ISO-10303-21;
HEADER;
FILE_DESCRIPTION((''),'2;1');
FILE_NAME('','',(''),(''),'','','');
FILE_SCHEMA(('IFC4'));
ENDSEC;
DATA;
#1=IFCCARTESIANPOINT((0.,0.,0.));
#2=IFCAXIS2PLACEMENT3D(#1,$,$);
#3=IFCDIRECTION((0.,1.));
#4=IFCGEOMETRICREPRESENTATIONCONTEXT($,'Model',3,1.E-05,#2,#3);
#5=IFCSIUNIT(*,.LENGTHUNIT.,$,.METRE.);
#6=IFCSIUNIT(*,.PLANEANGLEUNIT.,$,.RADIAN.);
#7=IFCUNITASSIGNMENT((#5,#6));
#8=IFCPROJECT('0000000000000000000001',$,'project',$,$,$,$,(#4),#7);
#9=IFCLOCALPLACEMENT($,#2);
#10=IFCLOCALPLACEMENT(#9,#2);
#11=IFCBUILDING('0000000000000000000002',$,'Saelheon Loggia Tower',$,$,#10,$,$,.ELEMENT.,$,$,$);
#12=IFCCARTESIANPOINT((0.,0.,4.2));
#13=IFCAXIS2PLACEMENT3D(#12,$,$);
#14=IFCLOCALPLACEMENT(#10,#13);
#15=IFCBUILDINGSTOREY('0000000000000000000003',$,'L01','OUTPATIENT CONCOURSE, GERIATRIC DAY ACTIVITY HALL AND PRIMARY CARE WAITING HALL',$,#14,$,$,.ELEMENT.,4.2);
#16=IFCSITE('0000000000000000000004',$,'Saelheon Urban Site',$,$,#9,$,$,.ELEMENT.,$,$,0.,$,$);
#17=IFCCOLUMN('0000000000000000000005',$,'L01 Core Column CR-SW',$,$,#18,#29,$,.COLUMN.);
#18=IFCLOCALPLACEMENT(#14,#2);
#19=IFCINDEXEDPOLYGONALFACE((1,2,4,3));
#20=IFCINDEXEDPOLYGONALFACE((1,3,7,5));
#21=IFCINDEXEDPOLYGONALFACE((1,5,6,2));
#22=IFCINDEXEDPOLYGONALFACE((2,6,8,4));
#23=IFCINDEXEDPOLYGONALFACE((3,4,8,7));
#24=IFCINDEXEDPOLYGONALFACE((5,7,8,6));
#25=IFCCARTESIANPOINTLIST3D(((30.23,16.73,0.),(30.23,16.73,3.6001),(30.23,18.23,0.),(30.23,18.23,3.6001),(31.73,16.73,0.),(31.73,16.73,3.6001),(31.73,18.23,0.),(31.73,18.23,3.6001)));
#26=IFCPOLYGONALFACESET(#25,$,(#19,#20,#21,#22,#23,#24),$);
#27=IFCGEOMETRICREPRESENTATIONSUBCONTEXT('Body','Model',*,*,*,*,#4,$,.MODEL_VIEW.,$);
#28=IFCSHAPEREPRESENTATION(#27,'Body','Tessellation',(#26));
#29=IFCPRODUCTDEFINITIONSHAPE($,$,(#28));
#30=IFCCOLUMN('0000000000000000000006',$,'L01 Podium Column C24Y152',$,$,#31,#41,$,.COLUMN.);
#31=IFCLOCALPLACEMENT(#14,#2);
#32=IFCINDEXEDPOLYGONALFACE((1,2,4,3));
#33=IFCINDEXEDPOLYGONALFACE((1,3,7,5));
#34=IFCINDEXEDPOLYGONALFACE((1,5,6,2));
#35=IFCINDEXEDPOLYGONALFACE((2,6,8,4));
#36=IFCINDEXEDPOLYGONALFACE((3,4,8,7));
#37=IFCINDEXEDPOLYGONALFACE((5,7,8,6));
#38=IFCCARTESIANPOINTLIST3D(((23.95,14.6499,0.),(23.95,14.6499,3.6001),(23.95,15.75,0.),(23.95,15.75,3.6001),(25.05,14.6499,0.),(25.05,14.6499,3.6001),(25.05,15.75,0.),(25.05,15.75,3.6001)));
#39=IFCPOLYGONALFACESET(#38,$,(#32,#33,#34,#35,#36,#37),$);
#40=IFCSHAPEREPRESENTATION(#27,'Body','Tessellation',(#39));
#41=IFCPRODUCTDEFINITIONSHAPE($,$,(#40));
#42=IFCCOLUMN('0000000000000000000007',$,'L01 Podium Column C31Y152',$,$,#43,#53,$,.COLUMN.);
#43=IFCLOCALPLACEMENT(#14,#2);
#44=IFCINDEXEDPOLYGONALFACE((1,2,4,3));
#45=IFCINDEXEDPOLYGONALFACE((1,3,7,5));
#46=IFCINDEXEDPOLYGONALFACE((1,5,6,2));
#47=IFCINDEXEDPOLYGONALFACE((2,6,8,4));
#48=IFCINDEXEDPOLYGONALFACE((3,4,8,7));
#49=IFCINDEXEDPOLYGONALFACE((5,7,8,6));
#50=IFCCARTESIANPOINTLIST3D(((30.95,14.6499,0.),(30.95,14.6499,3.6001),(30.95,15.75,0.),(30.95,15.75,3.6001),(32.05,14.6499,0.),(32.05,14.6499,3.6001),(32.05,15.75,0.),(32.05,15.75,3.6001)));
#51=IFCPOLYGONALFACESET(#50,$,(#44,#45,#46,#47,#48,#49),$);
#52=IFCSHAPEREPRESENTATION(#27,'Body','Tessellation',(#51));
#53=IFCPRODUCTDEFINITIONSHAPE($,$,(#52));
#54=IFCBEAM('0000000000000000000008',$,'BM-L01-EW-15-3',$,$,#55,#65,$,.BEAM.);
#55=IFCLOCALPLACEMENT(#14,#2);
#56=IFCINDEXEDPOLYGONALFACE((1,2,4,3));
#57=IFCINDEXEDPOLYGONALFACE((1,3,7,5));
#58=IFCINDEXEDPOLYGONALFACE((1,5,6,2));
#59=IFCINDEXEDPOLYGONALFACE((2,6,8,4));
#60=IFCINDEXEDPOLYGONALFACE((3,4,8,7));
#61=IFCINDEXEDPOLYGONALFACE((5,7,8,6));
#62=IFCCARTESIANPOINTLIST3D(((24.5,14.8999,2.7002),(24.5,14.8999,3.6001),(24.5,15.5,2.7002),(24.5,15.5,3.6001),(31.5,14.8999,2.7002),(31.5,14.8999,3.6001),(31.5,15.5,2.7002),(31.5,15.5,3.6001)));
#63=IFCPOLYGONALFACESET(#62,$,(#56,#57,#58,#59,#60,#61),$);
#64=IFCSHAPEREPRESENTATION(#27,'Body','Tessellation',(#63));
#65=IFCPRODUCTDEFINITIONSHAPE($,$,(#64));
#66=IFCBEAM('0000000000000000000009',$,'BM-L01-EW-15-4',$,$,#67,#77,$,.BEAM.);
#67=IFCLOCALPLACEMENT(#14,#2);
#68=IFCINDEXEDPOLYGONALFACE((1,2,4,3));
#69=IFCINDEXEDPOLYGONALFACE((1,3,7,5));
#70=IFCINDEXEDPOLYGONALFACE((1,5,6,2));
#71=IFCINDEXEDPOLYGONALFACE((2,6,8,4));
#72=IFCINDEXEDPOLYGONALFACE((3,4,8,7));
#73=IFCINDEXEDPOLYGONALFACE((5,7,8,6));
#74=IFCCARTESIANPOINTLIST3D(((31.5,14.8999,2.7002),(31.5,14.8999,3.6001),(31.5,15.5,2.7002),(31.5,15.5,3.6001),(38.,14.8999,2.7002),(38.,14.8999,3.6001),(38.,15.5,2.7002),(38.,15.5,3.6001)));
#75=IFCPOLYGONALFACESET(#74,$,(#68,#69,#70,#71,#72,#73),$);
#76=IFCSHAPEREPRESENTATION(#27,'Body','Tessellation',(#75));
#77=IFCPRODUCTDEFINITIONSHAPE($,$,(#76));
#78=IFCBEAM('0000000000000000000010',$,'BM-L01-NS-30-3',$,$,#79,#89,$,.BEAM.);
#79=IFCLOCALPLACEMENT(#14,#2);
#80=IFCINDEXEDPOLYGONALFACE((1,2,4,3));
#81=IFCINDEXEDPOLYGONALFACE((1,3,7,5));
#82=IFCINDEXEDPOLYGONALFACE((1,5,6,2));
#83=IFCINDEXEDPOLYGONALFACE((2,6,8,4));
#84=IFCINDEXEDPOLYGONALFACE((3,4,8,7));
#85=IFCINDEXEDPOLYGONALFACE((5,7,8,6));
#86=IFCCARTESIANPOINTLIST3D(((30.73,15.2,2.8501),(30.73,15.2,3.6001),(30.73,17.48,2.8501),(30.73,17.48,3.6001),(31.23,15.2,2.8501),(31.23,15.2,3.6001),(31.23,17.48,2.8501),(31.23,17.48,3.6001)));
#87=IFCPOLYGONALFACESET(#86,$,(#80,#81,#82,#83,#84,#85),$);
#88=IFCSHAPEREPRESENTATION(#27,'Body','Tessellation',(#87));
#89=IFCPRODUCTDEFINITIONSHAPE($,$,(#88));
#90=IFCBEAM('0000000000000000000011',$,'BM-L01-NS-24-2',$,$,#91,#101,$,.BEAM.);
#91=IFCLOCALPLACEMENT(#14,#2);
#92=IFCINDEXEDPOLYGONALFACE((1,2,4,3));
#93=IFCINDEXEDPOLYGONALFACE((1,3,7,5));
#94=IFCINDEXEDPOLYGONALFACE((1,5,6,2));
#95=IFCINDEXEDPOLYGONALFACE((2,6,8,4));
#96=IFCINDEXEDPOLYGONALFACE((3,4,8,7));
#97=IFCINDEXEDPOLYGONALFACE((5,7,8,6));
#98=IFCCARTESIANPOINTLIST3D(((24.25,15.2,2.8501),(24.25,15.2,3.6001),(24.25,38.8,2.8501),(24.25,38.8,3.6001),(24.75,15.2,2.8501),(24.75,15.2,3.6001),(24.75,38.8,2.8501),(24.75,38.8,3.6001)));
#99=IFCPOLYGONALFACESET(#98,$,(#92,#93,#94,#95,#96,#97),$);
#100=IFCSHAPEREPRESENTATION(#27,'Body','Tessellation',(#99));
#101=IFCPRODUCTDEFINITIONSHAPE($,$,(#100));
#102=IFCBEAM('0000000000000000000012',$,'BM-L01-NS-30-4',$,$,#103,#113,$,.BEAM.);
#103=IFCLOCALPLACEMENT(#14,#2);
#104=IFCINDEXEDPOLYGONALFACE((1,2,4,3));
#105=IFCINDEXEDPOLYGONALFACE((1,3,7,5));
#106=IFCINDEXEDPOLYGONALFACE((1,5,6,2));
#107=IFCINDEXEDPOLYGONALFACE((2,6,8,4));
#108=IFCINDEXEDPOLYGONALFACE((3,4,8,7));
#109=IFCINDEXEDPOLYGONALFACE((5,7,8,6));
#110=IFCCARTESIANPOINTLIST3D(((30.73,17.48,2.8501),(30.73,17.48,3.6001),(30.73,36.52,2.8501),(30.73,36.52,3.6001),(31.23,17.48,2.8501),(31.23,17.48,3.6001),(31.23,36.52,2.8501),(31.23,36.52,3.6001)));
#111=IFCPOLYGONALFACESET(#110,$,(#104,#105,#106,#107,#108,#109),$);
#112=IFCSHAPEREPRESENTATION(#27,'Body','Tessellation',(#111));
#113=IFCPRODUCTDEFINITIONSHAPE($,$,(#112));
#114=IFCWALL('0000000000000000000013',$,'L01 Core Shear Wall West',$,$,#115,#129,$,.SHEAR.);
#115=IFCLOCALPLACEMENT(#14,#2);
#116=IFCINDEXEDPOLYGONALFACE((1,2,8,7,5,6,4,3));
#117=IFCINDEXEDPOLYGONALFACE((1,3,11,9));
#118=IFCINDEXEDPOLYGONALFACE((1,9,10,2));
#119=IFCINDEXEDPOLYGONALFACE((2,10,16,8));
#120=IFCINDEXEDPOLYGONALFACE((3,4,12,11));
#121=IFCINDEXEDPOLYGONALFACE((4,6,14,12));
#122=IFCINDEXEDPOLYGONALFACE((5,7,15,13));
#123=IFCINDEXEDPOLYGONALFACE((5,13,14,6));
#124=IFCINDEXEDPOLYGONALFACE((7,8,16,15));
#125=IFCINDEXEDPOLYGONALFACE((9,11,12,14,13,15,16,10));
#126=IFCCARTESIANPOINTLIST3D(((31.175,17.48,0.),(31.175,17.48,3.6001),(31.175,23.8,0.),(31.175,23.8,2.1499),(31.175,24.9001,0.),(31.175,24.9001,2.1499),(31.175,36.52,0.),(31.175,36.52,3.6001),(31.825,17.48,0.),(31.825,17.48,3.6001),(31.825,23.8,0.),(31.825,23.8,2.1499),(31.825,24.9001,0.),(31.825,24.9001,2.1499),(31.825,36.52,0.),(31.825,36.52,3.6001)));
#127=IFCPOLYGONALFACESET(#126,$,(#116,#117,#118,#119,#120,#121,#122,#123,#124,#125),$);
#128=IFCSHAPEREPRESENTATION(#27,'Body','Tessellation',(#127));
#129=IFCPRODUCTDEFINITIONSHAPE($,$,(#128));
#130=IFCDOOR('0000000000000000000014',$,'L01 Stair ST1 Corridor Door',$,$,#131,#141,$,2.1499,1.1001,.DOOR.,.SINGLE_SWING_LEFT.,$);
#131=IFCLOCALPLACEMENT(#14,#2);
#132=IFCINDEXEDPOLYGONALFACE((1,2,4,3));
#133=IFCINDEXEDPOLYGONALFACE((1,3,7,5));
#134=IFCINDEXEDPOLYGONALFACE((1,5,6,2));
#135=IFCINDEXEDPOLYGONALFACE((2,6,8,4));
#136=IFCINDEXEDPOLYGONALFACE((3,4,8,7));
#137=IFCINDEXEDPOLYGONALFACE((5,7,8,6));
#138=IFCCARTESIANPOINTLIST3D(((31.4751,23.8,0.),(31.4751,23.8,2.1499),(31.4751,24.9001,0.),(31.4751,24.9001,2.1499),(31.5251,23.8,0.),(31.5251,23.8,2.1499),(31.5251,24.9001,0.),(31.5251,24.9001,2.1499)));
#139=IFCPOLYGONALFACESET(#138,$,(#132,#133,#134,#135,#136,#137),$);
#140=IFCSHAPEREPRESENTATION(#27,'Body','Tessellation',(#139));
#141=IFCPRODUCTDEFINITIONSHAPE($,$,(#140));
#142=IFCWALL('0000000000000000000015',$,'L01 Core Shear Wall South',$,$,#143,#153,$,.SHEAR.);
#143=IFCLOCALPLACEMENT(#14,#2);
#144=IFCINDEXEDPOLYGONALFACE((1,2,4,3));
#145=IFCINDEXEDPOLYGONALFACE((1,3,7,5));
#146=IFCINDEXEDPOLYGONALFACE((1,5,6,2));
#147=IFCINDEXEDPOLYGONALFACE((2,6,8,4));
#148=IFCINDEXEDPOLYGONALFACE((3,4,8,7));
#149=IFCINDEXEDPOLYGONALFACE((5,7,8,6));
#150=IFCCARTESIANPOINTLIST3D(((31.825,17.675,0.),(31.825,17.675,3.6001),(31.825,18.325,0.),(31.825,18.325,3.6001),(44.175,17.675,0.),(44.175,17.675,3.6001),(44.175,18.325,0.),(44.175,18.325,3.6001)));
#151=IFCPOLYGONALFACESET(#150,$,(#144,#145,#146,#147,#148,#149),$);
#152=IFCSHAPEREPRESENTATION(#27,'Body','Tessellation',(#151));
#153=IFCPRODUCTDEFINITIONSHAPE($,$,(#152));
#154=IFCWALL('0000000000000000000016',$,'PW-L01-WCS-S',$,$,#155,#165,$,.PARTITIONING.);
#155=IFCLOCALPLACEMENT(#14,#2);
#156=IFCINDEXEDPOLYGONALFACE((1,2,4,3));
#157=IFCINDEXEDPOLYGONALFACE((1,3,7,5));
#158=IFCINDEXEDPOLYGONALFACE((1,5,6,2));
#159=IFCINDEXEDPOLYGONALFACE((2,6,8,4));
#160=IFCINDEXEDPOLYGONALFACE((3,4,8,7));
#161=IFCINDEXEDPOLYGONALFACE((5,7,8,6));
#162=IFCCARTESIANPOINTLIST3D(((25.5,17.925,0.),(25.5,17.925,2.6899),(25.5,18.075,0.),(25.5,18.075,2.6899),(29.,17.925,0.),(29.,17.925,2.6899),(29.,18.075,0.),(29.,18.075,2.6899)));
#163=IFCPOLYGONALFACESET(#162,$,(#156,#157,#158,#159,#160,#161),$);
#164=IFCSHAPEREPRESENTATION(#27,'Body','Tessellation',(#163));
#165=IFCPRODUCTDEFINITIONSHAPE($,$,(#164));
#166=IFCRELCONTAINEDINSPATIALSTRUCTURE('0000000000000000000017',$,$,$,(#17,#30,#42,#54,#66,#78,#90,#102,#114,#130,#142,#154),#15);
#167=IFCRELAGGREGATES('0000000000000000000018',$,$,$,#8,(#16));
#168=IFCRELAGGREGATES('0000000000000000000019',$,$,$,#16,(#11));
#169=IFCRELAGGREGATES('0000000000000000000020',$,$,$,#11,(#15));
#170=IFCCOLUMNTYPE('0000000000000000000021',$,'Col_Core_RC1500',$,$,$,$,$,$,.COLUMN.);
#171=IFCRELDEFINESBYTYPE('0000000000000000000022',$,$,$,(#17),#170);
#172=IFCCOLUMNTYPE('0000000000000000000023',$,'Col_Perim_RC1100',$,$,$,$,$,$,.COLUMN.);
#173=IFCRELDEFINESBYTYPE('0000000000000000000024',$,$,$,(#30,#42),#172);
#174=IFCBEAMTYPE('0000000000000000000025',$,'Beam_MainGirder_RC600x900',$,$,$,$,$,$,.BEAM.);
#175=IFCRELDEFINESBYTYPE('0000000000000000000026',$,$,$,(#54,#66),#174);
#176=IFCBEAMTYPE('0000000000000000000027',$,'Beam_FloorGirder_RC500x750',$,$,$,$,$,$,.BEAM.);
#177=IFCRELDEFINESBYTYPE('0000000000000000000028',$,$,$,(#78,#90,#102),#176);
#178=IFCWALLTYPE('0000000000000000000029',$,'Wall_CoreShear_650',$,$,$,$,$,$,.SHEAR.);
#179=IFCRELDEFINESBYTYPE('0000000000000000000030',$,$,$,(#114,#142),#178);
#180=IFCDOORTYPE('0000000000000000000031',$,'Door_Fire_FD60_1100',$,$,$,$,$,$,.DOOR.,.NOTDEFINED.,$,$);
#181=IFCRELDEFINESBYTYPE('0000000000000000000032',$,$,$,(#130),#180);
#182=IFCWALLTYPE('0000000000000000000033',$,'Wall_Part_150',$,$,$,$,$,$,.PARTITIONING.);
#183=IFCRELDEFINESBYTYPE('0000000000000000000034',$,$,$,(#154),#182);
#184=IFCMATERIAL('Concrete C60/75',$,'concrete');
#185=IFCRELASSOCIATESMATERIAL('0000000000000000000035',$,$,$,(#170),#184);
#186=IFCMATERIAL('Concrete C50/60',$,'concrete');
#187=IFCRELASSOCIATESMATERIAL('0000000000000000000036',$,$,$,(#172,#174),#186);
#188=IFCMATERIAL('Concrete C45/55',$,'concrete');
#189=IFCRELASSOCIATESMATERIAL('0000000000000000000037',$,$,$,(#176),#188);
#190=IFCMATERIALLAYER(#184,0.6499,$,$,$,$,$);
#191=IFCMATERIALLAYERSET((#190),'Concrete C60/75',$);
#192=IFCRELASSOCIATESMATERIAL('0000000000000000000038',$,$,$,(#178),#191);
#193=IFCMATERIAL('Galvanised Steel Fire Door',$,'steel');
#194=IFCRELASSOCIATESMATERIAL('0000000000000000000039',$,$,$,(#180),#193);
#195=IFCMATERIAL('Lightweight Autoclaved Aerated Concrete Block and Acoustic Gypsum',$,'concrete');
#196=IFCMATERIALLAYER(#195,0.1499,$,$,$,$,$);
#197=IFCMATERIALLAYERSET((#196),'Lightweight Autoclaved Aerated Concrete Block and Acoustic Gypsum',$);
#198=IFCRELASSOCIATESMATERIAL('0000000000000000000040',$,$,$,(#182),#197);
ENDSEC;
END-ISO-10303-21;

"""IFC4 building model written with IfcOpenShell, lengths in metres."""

from ifc_helpers import new_model, si_unit, direction, frame, frame_2d, origin, origin_2d, place, context, subcontext, project, spatial, rectangle, extrude, source, transform, mapped, material, layer, layer_set, material_profile, profile_set, type_object, element, fill, save


model = new_model("IFC4")

# Units and contexts
model_context = context("Model", 3, precision=1e-05, world=origin(), true_north=direction((0.0, 1.0)))
body_context = subcontext(model_context, "Body", "Model", "MODEL_VIEW")
ifc_project = project(units=[si_unit("LENGTHUNIT", "METRE"), si_unit("PLANEANGLEUNIT", "RADIAN")], contexts=[model_context])

# Site, building, storey
site_placement = place(None, origin())
site = spatial("IfcSite", under=ifc_project, at=site_placement, Name="Saelheon Urban Site", CompositionType="ELEMENT", RefElevation=0.0)
building_placement = place(site_placement, origin())
building = spatial("IfcBuilding", under=site, at=building_placement, Name="Saelheon Loggia Tower", CompositionType="ELEMENT")
storey_placement = place(building_placement, frame((0.0, 0.0, 4.2)))
storey = spatial("IfcBuildingStorey", under=building, at=storey_placement, Name="L01", Description="OUTPATIENT CONCOURSE, GERIATRIC DAY ACTIVITY HALL AND PRIMARY CARE WAITING HALL", CompositionType="ELEMENT", Elevation=4.2)

# Columns
ifc_material_1 = material(Name="Concrete C60/75", Category="concrete")
ifc_material_profile_1 = material_profile(ifc_material_1, rectangle(XDim=1.5, YDim=1.5, at=origin_2d()), Name="RC-1500x1500")
ifc_profile_set_1 = profile_set([ifc_material_profile_1], Name="Concrete C60/75")
column_type_1 = type_object("IfcColumnType", Name="Col_Core_RC1500", PredefinedType="COLUMN", material=ifc_profile_set_1)
shared_shape_1 = source(origin(), body_context, "Body", "SweptSolid", [
    extrude(rectangle(XDim=1.5, YDim=1.5, at=origin_2d()), origin(), (0.0, 0.0, 1.0), 3.6001),
])
column_placement = place(storey_placement, frame((30.98, 17.48, 0.0), z_axis=(0.0, 0.0, 1.0), x_axis=(1.0, 0.0, 0.0)))
element("IfcColumn", 1, at=column_placement, inside=storey, type_object=column_type_1, Name="L01 Core Column CR-SW", PredefinedType="COLUMN", context=body_context, shape_type="MappedRepresentation", body=[
    mapped(shared_shape_1, transform((0.0, 0.0, 0.0), scale=1.0)),
])
ifc_material_2 = material(Name="Concrete C50/60", Category="concrete")
ifc_material_profile_2 = material_profile(ifc_material_2, rectangle(XDim=1.1001, YDim=1.1001, at=origin_2d()), Name="RC-1100x1100")
ifc_profile_set_2 = profile_set([ifc_material_profile_2], Name="Concrete C50/60")
column_type_2 = type_object("IfcColumnType", Name="Col_Perim_RC1100", PredefinedType="COLUMN", material=ifc_profile_set_2)
shared_shape_2 = source(origin(), body_context, "Body", "SweptSolid", [
    extrude(rectangle(XDim=1.1001, YDim=1.1001, at=origin_2d()), origin(), (0.0, 0.0, 1.0), 3.6001),
])
for number, where, z_axis, x_axis, name in (
    (2, (24.5, 15.2, 0.0), (0.0, 0.0, 1.0), (1.0, 0.0, 0.0), "L01 Podium Column C24Y152"),
    (3, (31.5, 15.2, 0.0), (0.0, 0.0, 1.0), (1.0, 0.0, 0.0), "L01 Podium Column C31Y152"),
):
    element("IfcColumn", number, at=place(storey_placement, frame(where, z_axis=z_axis, x_axis=x_axis)), inside=storey, type_object=column_type_2, Name=name, PredefinedType="COLUMN", context=body_context, shape_type="MappedRepresentation", body=[
        mapped(shared_shape_2, transform((0.0, 0.0, 0.0), scale=1.0)),
    ])

# Beams
ifc_material_profile_3 = material_profile(ifc_material_2, rectangle(XDim=0.6001, YDim=0.8999, at=origin_2d()), Name="RC-600x900")
ifc_profile_set_3 = profile_set([ifc_material_profile_3], Name="Concrete C50/60")
beam_type_1 = type_object("IfcBeamType", Name="Beam_MainGirder_RC600x900", PredefinedType="BEAM", material=ifc_profile_set_3)
shared_shape_3 = source(origin(), body_context, "Body", "SweptSolid", [
    extrude(rectangle(XDim=0.6001, YDim=0.8999, at=origin_2d()), origin(), (0.0, 0.0, 1.0), 7.0),
])
beam_1_placement = place(storey_placement, frame((24.5, 15.2, 3.1501), z_axis=(1.0, 0.0, 0.0), x_axis=(0.0, 1.0, 0.0)))
element("IfcBeam", 4, at=beam_1_placement, inside=storey, type_object=beam_type_1, Name="BM-L01-EW-15-3", PredefinedType="BEAM", context=body_context, shape_type="MappedRepresentation", body=[
    mapped(shared_shape_3, transform((0.0, 0.0, 0.0), scale=1.0)),
])
shared_shape_4 = source(origin(), body_context, "Body", "SweptSolid", [
    extrude(rectangle(XDim=0.6001, YDim=0.8999, at=origin_2d()), origin(), (0.0, 0.0, 1.0), 6.5),
])
beam_2_placement = place(storey_placement, frame((31.5, 15.2, 3.1501), z_axis=(1.0, 0.0, 0.0), x_axis=(0.0, 1.0, 0.0)))
element("IfcBeam", 5, at=beam_2_placement, inside=storey, type_object=beam_type_1, Name="BM-L01-EW-15-4", PredefinedType="BEAM", context=body_context, shape_type="MappedRepresentation", body=[
    mapped(shared_shape_4, transform((0.0, 0.0, 0.0), scale=1.0)),
])
ifc_material_3 = material(Name="Concrete C45/55", Category="concrete")
ifc_material_profile_4 = material_profile(ifc_material_3, rectangle(XDim=0.5, YDim=0.75, at=origin_2d()), Name="RC-500x750")
ifc_profile_set_4 = profile_set([ifc_material_profile_4], Name="Concrete C45/55")
beam_type_2 = type_object("IfcBeamType", Name="Beam_FloorGirder_RC500x750", PredefinedType="BEAM", material=ifc_profile_set_4)
shared_shape_5 = source(origin(), body_context, "Body", "SweptSolid", [
    extrude(rectangle(XDim=0.5, YDim=0.75, at=origin_2d()), origin(), (0.0, 0.0, 1.0), 2.28),
])
beam_3_placement = place(storey_placement, frame((30.98, 15.2, 3.2251), z_axis=(0.0, 1.0, 0.0), x_axis=(-1.0, 0.0, 0.0)))
element("IfcBeam", 6, at=beam_3_placement, inside=storey, type_object=beam_type_2, Name="BM-L01-NS-30-3", PredefinedType="BEAM", context=body_context, shape_type="MappedRepresentation", body=[
    mapped(shared_shape_5, transform((0.0, 0.0, 0.0), scale=1.0)),
])
shared_shape_6 = source(origin(), body_context, "Body", "SweptSolid", [
    extrude(rectangle(XDim=0.5, YDim=0.75, at=origin_2d()), origin(), (0.0, 0.0, 1.0), 23.6001),
])
beam_4_placement = place(storey_placement, frame((24.5, 15.2, 3.2251), z_axis=(0.0, 1.0, 0.0), x_axis=(-1.0, 0.0, 0.0)))
element("IfcBeam", 7, at=beam_4_placement, inside=storey, type_object=beam_type_2, Name="BM-L01-NS-24-2", PredefinedType="BEAM", context=body_context, shape_type="MappedRepresentation", body=[
    mapped(shared_shape_6, transform((0.0, 0.0, 0.0), scale=1.0)),
])
shared_shape_7 = source(origin(), body_context, "Body", "SweptSolid", [
    extrude(rectangle(XDim=0.5, YDim=0.75, at=origin_2d()), origin(), (0.0, 0.0, 1.0), 19.04),
])
beam_5_placement = place(storey_placement, frame((30.98, 17.48, 3.2251), z_axis=(0.0, 1.0, 0.0), x_axis=(-1.0, 0.0, 0.0)))
element("IfcBeam", 8, at=beam_5_placement, inside=storey, type_object=beam_type_2, Name="BM-L01-NS-30-4", PredefinedType="BEAM", context=body_context, shape_type="MappedRepresentation", body=[
    mapped(shared_shape_7, transform((0.0, 0.0, 0.0), scale=1.0)),
])

# Wall, opening, door
ifc_layer_1 = layer(ifc_material_1, 0.6499)
ifc_layer_set_1 = layer_set([ifc_layer_1], Name="Concrete C60/75")
wall_type_1 = type_object("IfcWallType", Name="Wall_CoreShear_650", PredefinedType="SHEAR", material=ifc_layer_set_1)
wall_1_placement = place(storey_placement, frame((31.5, 17.48, 0.0), z_axis=(0.0, 0.0, 1.0), x_axis=(0.0, 1.0, 0.0)))
wall_1 = element("IfcWall", 9, at=wall_1_placement, inside=storey, type_object=wall_type_1, Name="L01 Core Shear Wall West", PredefinedType="SHEAR", context=body_context, shape_type="SweptSolid", body=[
    extrude(rectangle(XDim=19.04, YDim=0.6499, at=frame_2d((9.52, 0.0))), origin(), (0.0, 0.0, 1.0), 3.6001),
])
opening_1_placement = place(wall_1_placement, frame((6.3201, 0.0, 0.0)))
opening_1 = element("IfcOpeningElement", 10, at=opening_1_placement, cuts=wall_1, PredefinedType="OPENING", context=body_context, shape_type="SweptSolid", body=[
    extrude(rectangle(XDim=1.1001, YDim=2.1499, at=frame_2d((0.55, 1.075))), frame((0.0, 0.3369, 0.0), z_axis=(0.0, -1.0, 0.0), x_axis=(1.0, 0.0, 0.0)), (0.0, 0.0, 1.0), 0.6738),
])
ifc_material_4 = material(Name="Galvanised Steel Fire Door", Category="steel")
door_type_1 = type_object("IfcDoorType", Name="Door_Fire_FD60_1100", OperationType="NOTDEFINED", PredefinedType="DOOR", material=ifc_material_4)
shared_shape_8 = source(origin(), body_context, "Body", "SweptSolid", [
    extrude(rectangle(XDim=1.1001, YDim=2.1499, at=frame_2d((0.55, 1.075))), frame((0.0, 0.0249, 0.0), z_axis=(0.0, -1.0, 0.0), x_axis=(1.0, 0.0, 0.0)), (0.0, 0.0, 1.0), 0.05),
])
door_1_placement = place(opening_1_placement, origin())
door_1 = element("IfcDoor", 11, at=door_1_placement, inside=storey, type_object=door_type_1, Name="L01 Stair ST1 Corridor Door", OperationType="SINGLE_SWING_LEFT", OverallHeight=2.1499, OverallWidth=1.1001, PredefinedType="DOOR", context=body_context, shape_type="MappedRepresentation", body=[
    mapped(shared_shape_8, transform((0.0, 0.0, 0.0), scale=1.0)),
])
fill(opening_1, door_1)

# Walls
wall_2_placement = place(storey_placement, frame((31.825, 18.0, 0.0), z_axis=(0.0, 0.0, 1.0), x_axis=(1.0, 0.0, 0.0)))
element("IfcWall", 12, at=wall_2_placement, inside=storey, type_object=wall_type_1, Name="L01 Core Shear Wall South", PredefinedType="SHEAR", context=body_context, shape_type="SweptSolid", body=[
    extrude(rectangle(XDim=12.3501, YDim=0.6499, at=frame_2d((6.175, 0.0))), origin(), (0.0, 0.0, 1.0), 3.6001),
])
ifc_material_5 = material(Name="Lightweight Autoclaved Aerated Concrete Block and Acoustic Gypsum", Category="concrete")
ifc_layer_2 = layer(ifc_material_5, 0.1499)
ifc_layer_set_2 = layer_set([ifc_layer_2], Name="Lightweight Autoclaved Aerated Concrete Block and Acoustic Gypsum")
wall_type_2 = type_object("IfcWallType", Name="Wall_Part_150", PredefinedType="PARTITIONING", material=ifc_layer_set_2)
wall_3_placement = place(storey_placement, frame((25.5, 18.0, 0.0), z_axis=(0.0, 0.0, 1.0), x_axis=(1.0, 0.0, 0.0)))
element("IfcWall", 13, at=wall_3_placement, inside=storey, type_object=wall_type_2, Name="PW-L01-WCS-S", PredefinedType="PARTITIONING", context=body_context, shape_type="SweptSolid", body=[
    extrude(rectangle(XDim=3.5, YDim=0.1499, at=frame_2d((1.75, 0.0))), origin(), (0.0, 0.0, 1.0), 2.6899),
])

save(model, "model.ifc")
